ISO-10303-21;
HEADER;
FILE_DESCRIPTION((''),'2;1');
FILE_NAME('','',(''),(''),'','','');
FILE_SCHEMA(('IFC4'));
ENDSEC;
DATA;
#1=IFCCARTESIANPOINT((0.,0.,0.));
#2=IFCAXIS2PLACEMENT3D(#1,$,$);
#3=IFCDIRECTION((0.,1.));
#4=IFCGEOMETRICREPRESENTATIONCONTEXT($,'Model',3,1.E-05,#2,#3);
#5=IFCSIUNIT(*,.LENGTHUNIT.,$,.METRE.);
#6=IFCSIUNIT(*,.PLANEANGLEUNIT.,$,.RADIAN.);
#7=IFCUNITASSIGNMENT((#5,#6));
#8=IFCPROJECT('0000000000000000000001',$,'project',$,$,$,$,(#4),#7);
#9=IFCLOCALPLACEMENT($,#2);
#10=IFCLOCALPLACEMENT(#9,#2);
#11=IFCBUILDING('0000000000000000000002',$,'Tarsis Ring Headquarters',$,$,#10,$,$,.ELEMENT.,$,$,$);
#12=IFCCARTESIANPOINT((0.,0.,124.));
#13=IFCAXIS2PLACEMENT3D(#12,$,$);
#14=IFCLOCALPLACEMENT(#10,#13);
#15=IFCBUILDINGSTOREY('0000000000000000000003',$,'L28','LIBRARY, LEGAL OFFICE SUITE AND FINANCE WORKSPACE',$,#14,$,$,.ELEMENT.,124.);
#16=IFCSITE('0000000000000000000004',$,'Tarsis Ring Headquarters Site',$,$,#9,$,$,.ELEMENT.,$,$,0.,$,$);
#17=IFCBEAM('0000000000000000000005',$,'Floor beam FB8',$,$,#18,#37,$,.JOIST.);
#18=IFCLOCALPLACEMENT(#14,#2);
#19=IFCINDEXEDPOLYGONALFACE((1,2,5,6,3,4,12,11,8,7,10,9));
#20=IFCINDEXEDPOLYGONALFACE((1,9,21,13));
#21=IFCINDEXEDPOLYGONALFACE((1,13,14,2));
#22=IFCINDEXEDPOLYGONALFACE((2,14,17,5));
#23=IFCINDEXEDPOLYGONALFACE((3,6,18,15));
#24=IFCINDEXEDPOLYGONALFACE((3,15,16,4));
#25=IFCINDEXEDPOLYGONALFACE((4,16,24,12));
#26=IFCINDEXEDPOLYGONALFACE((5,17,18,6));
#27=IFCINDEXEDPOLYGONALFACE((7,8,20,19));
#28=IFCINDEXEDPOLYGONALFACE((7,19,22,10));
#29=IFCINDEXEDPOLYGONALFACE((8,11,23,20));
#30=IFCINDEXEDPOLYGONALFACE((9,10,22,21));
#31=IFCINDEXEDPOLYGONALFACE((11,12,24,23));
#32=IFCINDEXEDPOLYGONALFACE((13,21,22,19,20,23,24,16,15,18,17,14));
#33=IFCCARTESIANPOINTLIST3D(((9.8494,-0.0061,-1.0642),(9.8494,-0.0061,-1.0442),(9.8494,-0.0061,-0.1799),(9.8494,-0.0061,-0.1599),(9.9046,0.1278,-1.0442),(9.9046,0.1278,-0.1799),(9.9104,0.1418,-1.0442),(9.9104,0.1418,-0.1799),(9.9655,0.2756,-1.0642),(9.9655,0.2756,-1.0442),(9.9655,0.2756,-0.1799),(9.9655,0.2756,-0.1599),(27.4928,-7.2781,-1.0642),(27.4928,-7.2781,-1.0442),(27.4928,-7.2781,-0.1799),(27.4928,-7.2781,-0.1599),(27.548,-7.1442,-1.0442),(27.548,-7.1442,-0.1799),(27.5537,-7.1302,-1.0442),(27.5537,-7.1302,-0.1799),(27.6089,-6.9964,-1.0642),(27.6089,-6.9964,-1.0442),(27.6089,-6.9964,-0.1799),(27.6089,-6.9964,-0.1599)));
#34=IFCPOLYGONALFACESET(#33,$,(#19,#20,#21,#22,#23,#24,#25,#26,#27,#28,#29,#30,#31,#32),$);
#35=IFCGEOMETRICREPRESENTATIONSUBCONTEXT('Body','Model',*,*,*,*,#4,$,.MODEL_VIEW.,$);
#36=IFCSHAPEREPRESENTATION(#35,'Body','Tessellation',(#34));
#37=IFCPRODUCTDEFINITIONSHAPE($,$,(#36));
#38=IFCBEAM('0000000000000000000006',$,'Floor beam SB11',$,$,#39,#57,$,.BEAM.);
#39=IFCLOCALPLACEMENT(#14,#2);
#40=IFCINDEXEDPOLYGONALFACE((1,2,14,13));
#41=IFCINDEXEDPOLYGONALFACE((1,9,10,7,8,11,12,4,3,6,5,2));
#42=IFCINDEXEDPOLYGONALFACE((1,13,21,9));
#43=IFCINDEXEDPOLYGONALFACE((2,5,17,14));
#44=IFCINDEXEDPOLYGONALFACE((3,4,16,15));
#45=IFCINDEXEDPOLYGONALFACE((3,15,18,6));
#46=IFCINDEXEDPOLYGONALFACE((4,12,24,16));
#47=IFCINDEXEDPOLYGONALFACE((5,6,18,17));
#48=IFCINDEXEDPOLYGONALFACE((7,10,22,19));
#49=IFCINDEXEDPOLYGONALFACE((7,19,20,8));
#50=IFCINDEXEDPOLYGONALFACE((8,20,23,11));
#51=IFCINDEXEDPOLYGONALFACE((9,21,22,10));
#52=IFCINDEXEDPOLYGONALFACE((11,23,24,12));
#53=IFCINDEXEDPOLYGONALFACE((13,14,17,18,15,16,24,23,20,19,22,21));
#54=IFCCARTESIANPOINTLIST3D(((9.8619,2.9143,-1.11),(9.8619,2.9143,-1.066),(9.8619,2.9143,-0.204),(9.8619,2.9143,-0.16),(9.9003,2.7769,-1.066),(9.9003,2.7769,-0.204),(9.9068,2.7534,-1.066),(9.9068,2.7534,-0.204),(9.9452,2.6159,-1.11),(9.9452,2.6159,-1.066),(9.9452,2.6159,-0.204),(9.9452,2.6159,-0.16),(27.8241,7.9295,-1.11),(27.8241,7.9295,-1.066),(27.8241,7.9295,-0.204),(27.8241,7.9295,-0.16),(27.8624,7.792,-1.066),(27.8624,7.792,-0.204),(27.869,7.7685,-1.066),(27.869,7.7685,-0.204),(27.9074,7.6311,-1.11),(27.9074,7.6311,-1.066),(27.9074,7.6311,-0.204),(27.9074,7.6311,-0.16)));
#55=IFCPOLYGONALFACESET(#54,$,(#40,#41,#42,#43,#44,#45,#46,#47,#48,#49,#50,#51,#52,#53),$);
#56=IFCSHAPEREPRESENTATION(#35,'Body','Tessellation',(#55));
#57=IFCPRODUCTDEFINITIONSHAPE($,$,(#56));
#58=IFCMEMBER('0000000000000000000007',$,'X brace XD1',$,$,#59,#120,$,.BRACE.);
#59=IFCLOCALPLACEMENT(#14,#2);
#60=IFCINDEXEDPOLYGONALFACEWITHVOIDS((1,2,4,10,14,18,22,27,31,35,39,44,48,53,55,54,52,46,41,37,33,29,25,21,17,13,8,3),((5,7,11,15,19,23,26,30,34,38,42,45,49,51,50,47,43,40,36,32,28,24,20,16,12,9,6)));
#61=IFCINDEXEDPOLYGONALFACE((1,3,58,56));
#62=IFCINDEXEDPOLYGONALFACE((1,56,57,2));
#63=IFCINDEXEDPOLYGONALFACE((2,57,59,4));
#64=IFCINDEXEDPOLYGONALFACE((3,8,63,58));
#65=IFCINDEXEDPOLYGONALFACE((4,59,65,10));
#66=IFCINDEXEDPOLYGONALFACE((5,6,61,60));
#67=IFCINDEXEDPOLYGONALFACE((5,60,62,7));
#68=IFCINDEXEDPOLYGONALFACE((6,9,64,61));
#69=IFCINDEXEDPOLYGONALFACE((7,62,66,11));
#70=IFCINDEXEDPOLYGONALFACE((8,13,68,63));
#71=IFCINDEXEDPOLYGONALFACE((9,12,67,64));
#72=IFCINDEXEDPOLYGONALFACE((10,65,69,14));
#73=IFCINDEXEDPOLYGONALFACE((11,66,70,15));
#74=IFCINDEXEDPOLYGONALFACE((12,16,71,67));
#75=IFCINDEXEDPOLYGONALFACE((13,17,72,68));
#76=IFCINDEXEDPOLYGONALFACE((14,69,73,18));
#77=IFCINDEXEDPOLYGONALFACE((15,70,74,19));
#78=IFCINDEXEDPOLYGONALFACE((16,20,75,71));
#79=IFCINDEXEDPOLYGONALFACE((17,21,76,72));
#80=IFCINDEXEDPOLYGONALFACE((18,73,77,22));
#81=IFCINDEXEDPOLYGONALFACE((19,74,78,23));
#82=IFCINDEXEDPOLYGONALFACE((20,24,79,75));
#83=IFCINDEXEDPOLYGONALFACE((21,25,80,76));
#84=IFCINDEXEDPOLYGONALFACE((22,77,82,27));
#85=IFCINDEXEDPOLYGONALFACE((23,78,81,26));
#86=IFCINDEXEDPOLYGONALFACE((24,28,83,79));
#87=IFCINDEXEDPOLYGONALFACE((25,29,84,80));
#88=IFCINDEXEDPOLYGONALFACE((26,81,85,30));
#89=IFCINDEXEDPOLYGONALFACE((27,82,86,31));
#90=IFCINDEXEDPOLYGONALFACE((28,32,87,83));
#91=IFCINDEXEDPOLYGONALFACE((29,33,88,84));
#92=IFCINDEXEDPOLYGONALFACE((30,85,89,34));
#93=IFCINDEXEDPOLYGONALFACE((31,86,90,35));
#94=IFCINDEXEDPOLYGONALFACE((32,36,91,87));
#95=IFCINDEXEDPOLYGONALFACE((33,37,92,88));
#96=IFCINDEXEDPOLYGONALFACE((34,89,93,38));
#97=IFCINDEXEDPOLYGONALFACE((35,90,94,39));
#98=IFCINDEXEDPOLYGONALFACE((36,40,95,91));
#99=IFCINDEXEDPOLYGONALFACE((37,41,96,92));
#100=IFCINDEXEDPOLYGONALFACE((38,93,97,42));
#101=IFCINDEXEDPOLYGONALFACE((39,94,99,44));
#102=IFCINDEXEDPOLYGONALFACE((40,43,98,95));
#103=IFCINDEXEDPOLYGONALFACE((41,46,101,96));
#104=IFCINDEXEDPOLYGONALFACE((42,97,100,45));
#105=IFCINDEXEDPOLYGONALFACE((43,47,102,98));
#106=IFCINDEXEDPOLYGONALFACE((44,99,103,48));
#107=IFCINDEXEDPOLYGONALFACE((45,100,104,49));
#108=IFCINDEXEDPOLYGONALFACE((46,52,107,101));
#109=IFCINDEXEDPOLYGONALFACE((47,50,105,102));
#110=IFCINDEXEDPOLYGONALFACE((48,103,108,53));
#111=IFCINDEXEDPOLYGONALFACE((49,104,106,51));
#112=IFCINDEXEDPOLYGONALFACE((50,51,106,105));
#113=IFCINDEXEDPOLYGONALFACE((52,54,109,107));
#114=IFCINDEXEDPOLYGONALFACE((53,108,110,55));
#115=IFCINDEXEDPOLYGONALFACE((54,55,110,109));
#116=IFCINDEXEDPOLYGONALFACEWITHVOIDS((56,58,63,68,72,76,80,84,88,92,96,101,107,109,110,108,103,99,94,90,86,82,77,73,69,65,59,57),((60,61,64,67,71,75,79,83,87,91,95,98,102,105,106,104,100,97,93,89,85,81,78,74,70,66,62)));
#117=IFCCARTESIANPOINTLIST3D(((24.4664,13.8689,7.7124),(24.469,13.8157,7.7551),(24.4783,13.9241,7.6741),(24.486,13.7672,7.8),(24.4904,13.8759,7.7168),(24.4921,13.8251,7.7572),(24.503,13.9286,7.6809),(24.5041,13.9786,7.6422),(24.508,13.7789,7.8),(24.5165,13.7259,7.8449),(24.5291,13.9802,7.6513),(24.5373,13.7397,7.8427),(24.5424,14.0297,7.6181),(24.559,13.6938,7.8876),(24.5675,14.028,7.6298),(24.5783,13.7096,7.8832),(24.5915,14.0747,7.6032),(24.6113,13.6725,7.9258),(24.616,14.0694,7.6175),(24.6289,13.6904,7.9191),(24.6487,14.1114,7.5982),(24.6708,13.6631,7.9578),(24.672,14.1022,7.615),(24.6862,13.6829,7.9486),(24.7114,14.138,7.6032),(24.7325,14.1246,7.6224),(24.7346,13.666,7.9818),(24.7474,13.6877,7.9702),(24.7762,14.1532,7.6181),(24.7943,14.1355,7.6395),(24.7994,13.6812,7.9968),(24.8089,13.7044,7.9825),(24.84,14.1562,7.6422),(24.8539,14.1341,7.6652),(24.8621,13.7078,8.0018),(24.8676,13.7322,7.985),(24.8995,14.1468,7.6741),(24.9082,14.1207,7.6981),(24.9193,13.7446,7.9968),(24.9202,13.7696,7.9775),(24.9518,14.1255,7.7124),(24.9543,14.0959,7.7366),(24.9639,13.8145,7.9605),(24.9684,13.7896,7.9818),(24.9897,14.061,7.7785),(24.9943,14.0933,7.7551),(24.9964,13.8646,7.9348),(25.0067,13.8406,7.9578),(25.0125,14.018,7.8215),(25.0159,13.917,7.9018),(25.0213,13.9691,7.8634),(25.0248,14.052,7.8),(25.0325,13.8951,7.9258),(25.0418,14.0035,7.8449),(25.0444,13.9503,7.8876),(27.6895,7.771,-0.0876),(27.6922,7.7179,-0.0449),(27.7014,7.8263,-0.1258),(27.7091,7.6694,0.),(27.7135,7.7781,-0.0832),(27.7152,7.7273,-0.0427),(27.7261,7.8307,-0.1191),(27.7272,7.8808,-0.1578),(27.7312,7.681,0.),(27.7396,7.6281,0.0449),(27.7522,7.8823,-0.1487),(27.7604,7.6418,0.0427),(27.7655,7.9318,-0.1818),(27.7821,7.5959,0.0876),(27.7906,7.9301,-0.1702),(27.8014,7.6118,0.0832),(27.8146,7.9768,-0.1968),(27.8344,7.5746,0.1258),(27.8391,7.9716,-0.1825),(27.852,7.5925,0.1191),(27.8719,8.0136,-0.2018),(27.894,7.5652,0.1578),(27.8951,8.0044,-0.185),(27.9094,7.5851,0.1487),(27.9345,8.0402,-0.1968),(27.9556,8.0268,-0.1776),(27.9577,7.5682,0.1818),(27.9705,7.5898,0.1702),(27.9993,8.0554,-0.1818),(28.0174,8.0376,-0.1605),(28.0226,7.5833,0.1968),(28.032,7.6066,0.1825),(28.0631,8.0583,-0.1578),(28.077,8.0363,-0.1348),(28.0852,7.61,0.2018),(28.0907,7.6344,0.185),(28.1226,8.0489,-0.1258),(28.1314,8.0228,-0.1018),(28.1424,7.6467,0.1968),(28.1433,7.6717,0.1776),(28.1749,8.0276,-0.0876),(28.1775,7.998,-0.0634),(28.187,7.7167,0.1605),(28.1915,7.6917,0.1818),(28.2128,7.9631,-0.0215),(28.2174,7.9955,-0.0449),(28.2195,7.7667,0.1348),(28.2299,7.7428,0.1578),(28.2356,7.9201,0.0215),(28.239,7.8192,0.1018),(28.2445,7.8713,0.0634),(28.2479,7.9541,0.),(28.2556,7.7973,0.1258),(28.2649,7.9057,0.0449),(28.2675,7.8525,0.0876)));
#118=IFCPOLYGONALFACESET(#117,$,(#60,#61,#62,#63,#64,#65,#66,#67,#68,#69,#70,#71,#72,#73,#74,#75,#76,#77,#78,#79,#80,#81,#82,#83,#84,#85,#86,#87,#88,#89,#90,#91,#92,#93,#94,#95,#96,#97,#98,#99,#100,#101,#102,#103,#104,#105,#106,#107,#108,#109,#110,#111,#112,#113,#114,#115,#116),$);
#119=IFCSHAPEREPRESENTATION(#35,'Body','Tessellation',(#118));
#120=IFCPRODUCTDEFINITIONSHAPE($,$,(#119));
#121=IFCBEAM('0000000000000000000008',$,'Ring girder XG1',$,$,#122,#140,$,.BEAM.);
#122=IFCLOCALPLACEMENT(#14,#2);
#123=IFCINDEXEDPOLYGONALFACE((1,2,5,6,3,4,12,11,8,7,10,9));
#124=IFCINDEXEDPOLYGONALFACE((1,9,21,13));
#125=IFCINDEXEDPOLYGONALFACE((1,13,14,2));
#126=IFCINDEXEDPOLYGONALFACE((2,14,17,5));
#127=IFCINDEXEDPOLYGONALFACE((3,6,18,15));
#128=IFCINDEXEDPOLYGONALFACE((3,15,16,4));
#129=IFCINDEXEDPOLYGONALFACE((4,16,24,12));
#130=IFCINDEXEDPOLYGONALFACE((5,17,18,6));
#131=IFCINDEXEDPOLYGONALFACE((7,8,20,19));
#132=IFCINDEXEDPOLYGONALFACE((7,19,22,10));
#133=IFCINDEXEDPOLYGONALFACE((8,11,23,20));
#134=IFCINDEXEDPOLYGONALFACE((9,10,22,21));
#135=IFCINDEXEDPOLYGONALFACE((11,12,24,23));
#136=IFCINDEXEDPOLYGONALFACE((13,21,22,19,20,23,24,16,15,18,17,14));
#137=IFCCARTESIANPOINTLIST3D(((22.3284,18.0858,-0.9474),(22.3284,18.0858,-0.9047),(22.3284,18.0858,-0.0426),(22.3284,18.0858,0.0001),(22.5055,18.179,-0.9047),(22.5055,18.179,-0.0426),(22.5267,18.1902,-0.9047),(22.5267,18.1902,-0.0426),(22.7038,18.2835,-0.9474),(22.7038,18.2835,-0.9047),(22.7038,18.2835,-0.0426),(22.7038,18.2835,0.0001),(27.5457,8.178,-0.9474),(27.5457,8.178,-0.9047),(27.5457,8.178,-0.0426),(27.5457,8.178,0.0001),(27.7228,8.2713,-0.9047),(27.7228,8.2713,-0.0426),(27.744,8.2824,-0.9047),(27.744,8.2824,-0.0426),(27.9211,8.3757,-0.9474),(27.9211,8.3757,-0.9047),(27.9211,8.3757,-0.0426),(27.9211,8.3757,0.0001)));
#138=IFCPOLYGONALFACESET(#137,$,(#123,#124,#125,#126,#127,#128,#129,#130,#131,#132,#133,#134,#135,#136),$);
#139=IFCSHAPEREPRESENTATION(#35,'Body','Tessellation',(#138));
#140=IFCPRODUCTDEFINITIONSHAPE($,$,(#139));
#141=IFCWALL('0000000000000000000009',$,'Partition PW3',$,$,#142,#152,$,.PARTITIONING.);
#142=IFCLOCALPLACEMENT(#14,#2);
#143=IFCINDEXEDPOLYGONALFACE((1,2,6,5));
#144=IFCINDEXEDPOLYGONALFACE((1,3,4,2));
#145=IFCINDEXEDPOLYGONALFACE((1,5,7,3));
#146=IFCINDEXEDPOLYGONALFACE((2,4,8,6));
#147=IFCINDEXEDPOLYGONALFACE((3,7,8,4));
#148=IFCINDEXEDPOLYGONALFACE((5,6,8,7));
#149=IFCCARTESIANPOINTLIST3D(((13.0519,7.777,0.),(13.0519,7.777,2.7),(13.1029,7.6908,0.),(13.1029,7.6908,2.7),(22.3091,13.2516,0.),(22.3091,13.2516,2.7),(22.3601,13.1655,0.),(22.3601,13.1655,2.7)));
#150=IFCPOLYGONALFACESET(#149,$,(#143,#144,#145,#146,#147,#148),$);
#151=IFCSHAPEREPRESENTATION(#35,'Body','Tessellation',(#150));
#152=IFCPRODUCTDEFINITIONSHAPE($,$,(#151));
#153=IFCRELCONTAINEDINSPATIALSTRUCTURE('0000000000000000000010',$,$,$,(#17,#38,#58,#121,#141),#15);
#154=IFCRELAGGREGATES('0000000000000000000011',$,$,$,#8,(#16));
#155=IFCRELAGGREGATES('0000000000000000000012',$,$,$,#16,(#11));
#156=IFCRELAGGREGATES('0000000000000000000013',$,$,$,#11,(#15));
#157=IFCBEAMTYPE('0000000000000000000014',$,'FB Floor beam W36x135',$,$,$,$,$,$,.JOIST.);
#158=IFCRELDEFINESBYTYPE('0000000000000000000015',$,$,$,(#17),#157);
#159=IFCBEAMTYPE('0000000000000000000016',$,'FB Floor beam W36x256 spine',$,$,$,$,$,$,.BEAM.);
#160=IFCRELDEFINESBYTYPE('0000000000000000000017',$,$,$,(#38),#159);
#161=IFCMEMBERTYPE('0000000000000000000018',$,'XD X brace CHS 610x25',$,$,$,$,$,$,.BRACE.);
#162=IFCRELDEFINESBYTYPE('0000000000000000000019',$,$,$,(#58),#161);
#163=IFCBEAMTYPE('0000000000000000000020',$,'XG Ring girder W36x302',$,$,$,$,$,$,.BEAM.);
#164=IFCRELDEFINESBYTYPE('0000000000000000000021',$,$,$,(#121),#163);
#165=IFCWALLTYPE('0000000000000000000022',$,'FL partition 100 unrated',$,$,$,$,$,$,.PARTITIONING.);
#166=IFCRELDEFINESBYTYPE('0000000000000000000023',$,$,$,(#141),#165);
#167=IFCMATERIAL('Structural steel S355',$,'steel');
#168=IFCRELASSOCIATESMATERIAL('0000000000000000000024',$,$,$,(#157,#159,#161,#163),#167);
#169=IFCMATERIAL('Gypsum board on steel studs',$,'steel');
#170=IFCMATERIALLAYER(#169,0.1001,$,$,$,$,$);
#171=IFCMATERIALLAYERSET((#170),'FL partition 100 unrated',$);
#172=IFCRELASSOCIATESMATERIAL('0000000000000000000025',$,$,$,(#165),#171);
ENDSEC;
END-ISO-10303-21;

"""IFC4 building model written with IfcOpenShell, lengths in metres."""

from ifc_helpers import new_model, si_unit, direction, frame, frame_2d, origin, origin_2d, place, context, subcontext, project, spatial, rectangle, hollow_circle, i_section, extrude, material, layer, layer_set, material_profile, profile_set, type_object, element, save


model = new_model("IFC4")

# Units and contexts
model_context = context("Model", 3, precision=1e-05, world=origin(), true_north=direction((0.0, 1.0)))
body_context = subcontext(model_context, "Body", "Model", "MODEL_VIEW")
ifc_project = project(units=[si_unit("LENGTHUNIT", "METRE"), si_unit("PLANEANGLEUNIT", "RADIAN")], contexts=[model_context])

# Site, building, storey
site_placement = place(None, origin())
site = spatial("IfcSite", under=ifc_project, at=site_placement, Name="Tarsis Ring Headquarters Site", CompositionType="ELEMENT", RefElevation=0.0)
building_placement = place(site_placement, origin())
building = spatial("IfcBuilding", under=site, at=building_placement, Name="Tarsis Ring Headquarters", CompositionType="ELEMENT")
storey_placement = place(building_placement, frame((0.0, 0.0, 124.0)))
storey = spatial("IfcBuildingStorey", under=building, at=storey_placement, Name="L28", Description="LIBRARY, LEGAL OFFICE SUITE AND FINANCE WORKSPACE", CompositionType="ELEMENT", Elevation=124.0)

# Shared definitions
ifc_material_1 = material(Name="Structural steel S355", Category="steel")

# Beams
ifc_material_profile_1 = material_profile(ifc_material_1, i_section(OverallWidth=0.3047, OverallDepth=0.9043, WebThickness=0.0151, FlangeThickness=0.02, at=origin_2d()), Name="W36x135")
ifc_profile_set_1 = profile_set([ifc_material_profile_1], Name="Structural steel S355")
beam_type_1 = type_object("IfcBeamType", Name="FB Floor beam W36x135", PredefinedType="JOIST", material=ifc_profile_set_1)
beam_1_placement = place(storey_placement, frame((9.9075, 0.1348, -0.6121), z_axis=(0.924547, -0.381067, 0.0), x_axis=(0.381067, 0.924547, 0.0)))
element("IfcBeam", 1, at=beam_1_placement, inside=storey, type_object=beam_type_1, Name="Floor beam FB8", PredefinedType="JOIST", context=body_context, shape_type="SweptSolid", body=[
    extrude(i_section(OverallWidth=0.3047, OverallDepth=0.9043, WebThickness=0.0151, FlangeThickness=0.02, at=origin_2d()), origin(), (0.0, 0.0, 1.0), 19.0833),
])
ifc_material_profile_2 = material_profile(ifc_material_1, i_section(OverallWidth=0.3098, OverallDepth=0.95, WebThickness=0.0244, FlangeThickness=0.0439, at=origin_2d()), Name="W36x256")
ifc_profile_set_2 = profile_set([ifc_material_profile_2], Name="Structural steel S355")
beam_type_2 = type_object("IfcBeamType", Name="FB Floor beam W36x256 spine", PredefinedType="BEAM", material=ifc_profile_set_2)
beam_2_placement = place(storey_placement, frame((27.8657, 7.7803, -0.635), z_axis=(-0.963162, -0.26892, 0.0), x_axis=(0.26892, -0.963162, 0.0)))
element("IfcBeam", 2, at=beam_2_placement, inside=storey, type_object=beam_type_2, Name="Floor beam SB11", PredefinedType="BEAM", context=body_context, shape_type="SweptSolid", body=[
    extrude(i_section(OverallWidth=0.3098, OverallDepth=0.95, WebThickness=0.0244, FlangeThickness=0.0439, at=origin_2d()), origin(), (0.0, 0.0, 1.0), 18.6492),
])

# Member
ifc_material_profile_3 = material_profile(ifc_material_1, hollow_circle(Radius=0.3047, WallThickness=0.0249, at=origin_2d()), Name="CHS 610x25")
ifc_profile_set_3 = profile_set([ifc_material_profile_3], Name="Structural steel S355")
member_type = type_object("IfcMemberType", Name="XD X brace CHS 610x25", PredefinedType="BRACE", material=ifc_profile_set_3)
member_placement = place(storey_placement, frame((27.9785, 7.8118, 0.0), z_axis=(-0.309555, 0.58565, 0.749126), x_axis=(-0.884097, -0.467304, 0.0)))
element("IfcMember", 3, at=member_placement, inside=storey, type_object=member_type, Name="X brace XD1", PredefinedType="BRACE", context=body_context, shape_type="SweptSolid", body=[
    extrude(hollow_circle(Radius=0.3047, WallThickness=0.0249, at=origin_2d()), origin(), (0.0, 0.0, 1.0), 10.4121),
])

# Beam
ifc_material_profile_4 = material_profile(ifc_material_1, i_section(OverallWidth=0.4243, OverallDepth=0.9475, WebThickness=0.0239, FlangeThickness=0.0427, at=origin_2d()), Name="W36x302")
ifc_profile_set_4 = profile_set([ifc_material_profile_4], Name="Structural steel S355")
beam_type_3 = type_object("IfcBeamType", Name="XG Ring girder W36x302", PredefinedType="BEAM", material=ifc_profile_set_4)
beam_3_placement = place(storey_placement, frame((27.7334, 8.2769, -0.4736), z_axis=(-0.465935, 0.884819, 0.0), x_axis=(-0.884819, -0.465935, 0.0)))
element("IfcBeam", 4, at=beam_3_placement, inside=storey, type_object=beam_type_3, Name="Ring girder XG1", PredefinedType="BEAM", context=body_context, shape_type="SweptSolid", body=[
    extrude(i_section(OverallWidth=0.4243, OverallDepth=0.9475, WebThickness=0.0239, FlangeThickness=0.0427, at=origin_2d()), origin(), (0.0, 0.0, 1.0), 11.1975),
])

# Wall
ifc_material_2 = material(Name="Gypsum board on steel studs", Category="steel")
ifc_layer_1 = layer(ifc_material_2, 0.1001)
ifc_layer_set_1 = layer_set([ifc_layer_1], Name="FL partition 100 unrated")
wall_type_1 = type_object("IfcWallType", Name="FL partition 100 unrated", PredefinedType="PARTITIONING", material=ifc_layer_set_1)
wall_1_placement = place(storey_placement, frame((13.0774, 7.7339, 0.0), z_axis=(0.0, 0.0, 1.0), x_axis=(0.860743, 0.509041, 0.0)))
element("IfcWall", 5, at=wall_1_placement, inside=storey, type_object=wall_type_1, Name="Partition PW3", PredefinedType="PARTITIONING", context=body_context, shape_type="SweptSolid", body=[
    extrude(rectangle(XDim=10.7549, YDim=0.1001, at=frame_2d((5.3774, 0.0))), origin(), (0.0, 0.0, 1.0), 2.7),
])

save(model, "model.ifc")
